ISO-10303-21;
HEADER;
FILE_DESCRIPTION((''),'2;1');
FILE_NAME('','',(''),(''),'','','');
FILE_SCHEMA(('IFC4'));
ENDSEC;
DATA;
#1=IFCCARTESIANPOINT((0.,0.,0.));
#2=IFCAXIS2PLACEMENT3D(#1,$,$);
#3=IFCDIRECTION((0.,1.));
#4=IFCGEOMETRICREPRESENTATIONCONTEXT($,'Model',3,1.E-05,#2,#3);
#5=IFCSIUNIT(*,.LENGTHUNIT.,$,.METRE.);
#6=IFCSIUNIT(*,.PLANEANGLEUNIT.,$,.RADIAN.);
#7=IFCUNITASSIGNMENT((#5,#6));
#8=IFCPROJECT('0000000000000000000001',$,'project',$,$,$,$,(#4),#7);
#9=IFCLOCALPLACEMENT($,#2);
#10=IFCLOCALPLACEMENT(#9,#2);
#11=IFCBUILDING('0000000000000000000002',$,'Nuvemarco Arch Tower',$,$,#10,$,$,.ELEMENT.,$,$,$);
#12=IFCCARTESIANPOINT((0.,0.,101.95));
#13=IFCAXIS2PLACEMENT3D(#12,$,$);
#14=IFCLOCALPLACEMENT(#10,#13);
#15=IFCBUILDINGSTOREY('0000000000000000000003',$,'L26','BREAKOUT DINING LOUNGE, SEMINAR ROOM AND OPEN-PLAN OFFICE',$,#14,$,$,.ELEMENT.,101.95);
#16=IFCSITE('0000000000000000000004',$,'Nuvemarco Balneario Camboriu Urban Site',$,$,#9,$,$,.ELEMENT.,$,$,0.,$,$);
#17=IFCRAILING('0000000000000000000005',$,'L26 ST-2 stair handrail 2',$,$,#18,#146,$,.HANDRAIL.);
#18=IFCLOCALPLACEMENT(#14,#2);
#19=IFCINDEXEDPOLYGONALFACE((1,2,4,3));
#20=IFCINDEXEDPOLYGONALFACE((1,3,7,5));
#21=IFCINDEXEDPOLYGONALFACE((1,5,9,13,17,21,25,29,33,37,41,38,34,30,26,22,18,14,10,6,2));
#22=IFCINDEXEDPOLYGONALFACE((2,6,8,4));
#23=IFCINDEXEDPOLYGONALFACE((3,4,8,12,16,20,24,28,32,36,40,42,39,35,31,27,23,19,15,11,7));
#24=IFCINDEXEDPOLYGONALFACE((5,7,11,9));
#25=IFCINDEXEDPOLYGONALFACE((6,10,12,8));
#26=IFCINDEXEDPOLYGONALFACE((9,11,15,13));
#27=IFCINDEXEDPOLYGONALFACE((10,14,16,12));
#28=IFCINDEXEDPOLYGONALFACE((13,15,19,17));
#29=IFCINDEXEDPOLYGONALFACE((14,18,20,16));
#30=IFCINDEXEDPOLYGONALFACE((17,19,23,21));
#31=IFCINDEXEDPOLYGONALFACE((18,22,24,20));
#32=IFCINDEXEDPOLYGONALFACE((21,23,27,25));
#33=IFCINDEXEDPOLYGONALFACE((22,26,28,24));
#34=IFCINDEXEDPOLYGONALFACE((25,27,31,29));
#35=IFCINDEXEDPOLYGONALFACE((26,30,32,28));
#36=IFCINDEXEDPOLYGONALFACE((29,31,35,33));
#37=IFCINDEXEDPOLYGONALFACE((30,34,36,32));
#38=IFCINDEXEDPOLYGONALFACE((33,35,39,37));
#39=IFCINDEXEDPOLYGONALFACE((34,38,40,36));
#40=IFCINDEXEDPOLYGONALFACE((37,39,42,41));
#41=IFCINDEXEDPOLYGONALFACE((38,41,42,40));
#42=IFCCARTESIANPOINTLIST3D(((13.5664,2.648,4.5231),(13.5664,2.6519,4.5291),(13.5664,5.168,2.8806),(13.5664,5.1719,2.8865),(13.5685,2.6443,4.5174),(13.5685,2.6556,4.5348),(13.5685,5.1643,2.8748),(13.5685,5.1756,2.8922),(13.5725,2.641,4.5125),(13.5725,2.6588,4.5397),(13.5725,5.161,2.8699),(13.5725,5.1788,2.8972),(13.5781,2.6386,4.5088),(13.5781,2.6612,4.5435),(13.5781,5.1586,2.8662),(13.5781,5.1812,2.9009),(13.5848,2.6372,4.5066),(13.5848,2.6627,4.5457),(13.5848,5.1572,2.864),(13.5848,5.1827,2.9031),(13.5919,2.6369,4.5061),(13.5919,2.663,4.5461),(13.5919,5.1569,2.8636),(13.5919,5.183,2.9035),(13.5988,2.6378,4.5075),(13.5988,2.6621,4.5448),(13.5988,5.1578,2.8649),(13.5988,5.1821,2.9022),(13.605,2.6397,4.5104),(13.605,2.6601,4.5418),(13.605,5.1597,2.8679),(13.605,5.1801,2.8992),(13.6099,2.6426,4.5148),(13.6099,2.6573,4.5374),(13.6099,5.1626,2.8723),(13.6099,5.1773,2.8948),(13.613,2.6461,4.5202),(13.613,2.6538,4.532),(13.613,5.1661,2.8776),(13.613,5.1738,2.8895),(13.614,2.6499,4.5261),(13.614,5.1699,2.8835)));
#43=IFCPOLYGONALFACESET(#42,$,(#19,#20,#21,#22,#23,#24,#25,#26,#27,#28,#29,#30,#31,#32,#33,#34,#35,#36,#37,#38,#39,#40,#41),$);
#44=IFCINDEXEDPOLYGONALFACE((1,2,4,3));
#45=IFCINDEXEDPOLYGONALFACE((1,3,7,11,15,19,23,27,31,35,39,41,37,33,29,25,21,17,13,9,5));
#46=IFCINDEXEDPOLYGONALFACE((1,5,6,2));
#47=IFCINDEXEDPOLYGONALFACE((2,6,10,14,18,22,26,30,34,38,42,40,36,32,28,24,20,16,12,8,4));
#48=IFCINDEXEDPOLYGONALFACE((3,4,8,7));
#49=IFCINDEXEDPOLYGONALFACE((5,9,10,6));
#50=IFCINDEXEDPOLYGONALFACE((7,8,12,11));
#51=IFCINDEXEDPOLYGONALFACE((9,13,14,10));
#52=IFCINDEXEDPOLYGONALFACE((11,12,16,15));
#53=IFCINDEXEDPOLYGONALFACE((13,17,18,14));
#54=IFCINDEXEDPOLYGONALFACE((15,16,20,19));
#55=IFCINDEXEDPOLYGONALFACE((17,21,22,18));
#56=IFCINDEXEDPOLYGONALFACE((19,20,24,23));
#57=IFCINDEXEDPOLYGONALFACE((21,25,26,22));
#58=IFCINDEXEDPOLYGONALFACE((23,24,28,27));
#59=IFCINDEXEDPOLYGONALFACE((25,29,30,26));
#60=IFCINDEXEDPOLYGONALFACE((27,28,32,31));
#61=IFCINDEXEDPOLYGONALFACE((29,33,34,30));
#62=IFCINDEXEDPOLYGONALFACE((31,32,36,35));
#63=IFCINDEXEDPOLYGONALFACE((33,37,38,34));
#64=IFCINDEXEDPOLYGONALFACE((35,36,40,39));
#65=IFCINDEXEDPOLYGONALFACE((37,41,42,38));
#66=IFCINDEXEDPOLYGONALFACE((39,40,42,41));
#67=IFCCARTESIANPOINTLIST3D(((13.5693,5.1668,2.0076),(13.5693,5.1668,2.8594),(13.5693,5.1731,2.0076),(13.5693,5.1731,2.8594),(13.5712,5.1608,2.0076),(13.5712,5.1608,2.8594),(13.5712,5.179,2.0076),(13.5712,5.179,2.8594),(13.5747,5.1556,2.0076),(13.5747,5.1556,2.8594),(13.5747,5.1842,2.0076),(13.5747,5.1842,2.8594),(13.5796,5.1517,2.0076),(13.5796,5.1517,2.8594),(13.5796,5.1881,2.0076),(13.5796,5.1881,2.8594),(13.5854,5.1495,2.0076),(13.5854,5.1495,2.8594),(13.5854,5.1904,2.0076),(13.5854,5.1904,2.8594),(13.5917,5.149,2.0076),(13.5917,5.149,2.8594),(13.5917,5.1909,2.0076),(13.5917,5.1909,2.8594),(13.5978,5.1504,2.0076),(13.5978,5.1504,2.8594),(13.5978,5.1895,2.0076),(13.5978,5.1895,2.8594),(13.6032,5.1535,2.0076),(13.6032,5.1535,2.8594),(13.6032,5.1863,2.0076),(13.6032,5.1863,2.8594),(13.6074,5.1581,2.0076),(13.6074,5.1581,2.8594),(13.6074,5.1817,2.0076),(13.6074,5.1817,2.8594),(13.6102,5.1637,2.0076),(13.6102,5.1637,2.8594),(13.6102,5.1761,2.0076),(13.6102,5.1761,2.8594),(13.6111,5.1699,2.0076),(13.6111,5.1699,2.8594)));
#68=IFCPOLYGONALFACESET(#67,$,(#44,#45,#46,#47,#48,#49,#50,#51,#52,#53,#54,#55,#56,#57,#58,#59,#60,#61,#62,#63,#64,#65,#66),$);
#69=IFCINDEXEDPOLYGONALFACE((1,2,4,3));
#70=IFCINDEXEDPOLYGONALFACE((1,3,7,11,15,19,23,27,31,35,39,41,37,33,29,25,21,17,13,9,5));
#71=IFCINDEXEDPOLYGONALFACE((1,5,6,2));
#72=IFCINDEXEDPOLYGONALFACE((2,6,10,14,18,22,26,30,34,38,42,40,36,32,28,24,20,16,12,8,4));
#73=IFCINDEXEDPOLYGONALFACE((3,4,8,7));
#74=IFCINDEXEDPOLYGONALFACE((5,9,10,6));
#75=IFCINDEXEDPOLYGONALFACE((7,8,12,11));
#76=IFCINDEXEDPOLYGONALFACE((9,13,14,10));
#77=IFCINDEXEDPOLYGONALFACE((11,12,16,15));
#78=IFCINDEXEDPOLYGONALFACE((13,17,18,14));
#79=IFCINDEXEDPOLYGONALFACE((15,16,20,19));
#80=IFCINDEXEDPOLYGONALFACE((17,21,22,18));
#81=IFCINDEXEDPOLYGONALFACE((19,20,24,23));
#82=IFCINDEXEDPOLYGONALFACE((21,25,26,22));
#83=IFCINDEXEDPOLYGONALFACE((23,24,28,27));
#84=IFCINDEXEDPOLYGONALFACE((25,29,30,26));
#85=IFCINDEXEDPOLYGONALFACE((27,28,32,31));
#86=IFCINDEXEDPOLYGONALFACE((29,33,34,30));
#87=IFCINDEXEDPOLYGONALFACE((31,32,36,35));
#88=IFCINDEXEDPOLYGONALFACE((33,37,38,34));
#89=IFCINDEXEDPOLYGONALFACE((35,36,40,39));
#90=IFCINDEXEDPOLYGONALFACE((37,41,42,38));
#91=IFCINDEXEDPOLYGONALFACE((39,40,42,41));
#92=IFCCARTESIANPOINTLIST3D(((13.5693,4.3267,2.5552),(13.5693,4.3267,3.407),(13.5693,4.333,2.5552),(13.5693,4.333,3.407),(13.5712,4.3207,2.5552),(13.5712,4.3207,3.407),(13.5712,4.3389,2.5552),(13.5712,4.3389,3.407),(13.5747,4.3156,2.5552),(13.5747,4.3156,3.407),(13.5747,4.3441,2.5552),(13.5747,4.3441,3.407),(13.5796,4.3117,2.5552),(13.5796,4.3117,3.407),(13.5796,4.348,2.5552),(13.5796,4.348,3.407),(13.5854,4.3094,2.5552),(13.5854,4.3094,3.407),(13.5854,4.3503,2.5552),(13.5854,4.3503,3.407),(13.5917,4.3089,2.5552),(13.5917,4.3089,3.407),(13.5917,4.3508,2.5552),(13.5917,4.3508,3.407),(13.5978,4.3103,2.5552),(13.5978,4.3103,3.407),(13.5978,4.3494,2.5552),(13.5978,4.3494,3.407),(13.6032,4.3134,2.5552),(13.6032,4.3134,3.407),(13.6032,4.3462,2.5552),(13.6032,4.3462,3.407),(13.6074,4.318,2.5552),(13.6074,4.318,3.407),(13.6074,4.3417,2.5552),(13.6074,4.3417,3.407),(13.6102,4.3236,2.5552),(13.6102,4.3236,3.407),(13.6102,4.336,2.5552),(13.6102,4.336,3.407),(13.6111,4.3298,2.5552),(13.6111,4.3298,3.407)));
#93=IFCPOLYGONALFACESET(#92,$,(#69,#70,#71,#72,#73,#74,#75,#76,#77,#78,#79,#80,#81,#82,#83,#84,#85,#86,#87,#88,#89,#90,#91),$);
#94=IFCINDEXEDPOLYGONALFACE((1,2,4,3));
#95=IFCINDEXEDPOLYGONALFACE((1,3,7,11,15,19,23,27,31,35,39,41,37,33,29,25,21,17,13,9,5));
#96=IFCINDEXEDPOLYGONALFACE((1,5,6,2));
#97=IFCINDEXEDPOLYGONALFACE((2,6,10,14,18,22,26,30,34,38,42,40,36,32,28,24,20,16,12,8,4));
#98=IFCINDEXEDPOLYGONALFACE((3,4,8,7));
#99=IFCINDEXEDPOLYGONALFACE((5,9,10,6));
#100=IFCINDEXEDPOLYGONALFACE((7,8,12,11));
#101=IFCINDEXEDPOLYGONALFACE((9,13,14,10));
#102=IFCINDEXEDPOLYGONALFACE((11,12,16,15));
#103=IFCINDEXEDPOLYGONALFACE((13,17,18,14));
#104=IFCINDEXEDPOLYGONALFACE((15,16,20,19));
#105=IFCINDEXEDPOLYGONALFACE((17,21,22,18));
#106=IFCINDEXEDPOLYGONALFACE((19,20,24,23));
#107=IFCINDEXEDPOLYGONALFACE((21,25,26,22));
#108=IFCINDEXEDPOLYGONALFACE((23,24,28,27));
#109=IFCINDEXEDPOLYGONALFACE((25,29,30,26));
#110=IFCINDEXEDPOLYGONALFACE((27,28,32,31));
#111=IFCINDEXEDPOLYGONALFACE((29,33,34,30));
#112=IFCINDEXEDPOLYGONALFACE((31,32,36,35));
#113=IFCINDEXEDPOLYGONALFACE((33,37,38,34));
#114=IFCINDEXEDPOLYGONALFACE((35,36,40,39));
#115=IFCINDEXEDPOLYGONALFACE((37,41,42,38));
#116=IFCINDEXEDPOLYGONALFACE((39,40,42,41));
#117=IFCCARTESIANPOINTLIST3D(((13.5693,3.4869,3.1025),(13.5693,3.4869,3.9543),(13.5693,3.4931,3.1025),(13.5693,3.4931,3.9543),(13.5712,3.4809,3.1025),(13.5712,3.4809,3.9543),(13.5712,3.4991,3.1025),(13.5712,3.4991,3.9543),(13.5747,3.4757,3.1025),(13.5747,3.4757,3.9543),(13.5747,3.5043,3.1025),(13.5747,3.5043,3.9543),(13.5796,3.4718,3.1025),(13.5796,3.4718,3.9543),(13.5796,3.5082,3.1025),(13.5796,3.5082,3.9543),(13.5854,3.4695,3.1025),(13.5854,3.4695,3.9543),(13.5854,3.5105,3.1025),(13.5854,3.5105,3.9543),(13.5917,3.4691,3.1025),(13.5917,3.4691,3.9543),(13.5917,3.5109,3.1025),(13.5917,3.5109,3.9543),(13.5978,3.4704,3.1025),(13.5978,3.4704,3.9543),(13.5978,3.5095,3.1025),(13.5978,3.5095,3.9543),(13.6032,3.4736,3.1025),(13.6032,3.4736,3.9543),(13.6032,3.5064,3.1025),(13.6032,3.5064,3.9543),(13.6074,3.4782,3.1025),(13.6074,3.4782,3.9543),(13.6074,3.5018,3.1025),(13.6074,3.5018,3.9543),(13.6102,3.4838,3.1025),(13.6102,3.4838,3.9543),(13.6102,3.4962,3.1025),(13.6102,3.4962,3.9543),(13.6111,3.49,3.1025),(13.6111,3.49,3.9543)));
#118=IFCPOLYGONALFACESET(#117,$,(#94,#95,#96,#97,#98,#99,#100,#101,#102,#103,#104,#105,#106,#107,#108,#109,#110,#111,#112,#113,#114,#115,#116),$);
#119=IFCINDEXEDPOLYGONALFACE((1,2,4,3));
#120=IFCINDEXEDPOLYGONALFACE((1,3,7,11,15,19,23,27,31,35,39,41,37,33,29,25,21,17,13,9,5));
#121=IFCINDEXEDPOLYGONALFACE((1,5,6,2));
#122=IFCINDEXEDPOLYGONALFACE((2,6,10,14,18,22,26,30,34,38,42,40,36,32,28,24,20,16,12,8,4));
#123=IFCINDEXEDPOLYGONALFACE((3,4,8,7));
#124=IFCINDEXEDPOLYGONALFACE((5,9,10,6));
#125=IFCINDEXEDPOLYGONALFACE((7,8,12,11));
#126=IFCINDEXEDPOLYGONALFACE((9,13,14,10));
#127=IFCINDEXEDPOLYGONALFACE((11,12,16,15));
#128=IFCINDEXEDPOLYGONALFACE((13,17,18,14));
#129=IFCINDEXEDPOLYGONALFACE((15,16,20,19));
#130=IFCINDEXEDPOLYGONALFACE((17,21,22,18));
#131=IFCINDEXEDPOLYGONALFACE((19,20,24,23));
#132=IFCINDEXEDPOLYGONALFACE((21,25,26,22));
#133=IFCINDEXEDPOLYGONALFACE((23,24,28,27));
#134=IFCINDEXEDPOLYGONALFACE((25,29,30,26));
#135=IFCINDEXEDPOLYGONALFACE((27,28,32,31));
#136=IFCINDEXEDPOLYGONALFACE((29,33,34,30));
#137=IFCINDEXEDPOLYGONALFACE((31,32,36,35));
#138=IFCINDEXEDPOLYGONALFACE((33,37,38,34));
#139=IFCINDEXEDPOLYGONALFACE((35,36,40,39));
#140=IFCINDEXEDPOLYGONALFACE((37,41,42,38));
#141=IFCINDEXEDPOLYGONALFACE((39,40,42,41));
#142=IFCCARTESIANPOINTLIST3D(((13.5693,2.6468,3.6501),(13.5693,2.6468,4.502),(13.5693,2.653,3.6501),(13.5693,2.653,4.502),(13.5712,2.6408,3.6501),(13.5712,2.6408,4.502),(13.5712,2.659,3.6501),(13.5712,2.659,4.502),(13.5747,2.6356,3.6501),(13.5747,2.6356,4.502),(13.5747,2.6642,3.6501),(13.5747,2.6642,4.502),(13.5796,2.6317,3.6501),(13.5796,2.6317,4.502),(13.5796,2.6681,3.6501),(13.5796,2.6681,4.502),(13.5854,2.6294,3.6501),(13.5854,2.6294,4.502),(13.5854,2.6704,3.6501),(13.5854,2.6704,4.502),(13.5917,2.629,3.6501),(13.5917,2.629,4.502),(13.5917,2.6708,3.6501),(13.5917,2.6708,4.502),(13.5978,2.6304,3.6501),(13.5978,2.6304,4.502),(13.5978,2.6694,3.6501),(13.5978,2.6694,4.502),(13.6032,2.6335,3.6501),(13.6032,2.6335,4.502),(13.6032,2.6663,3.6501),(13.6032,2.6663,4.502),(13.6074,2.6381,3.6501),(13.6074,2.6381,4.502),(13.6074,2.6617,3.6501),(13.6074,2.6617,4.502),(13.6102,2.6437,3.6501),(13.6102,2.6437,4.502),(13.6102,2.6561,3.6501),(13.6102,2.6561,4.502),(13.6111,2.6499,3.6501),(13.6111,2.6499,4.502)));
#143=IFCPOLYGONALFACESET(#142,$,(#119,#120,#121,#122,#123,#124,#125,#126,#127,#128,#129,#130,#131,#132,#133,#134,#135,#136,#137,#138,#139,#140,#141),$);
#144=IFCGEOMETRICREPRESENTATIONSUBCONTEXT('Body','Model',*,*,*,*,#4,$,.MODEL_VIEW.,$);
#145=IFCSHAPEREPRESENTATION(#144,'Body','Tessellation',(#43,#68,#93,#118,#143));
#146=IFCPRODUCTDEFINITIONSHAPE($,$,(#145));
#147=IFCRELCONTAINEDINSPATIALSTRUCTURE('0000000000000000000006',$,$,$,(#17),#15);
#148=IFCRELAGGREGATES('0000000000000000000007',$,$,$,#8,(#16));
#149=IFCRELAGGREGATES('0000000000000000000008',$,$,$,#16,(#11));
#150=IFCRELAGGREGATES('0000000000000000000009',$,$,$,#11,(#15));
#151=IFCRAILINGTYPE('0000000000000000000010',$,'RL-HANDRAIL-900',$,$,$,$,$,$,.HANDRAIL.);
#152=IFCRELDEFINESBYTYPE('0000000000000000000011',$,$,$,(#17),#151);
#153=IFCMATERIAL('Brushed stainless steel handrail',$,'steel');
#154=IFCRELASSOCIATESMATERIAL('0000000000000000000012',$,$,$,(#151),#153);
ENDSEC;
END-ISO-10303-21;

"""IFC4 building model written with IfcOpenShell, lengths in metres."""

from ifc_helpers import new_model, si_unit, direction, frame, origin, origin_2d, place, context, subcontext, project, spatial, circle, extrude, material, type_object, element, save


model = new_model("IFC4")

# Units and contexts
model_context = context("Model", 3, precision=1e-05, world=origin(), true_north=direction((0.0, 1.0)))
body_context = subcontext(model_context, "Body", "Model", "MODEL_VIEW")
ifc_project = project(units=[si_unit("LENGTHUNIT", "METRE"), si_unit("PLANEANGLEUNIT", "RADIAN")], contexts=[model_context])

# Site, building, storey
site_placement = place(None, origin())
site = spatial("IfcSite", under=ifc_project, at=site_placement, Name="Nuvemarco Balneario Camboriu Urban Site", CompositionType="ELEMENT", RefElevation=0.0)
building_placement = place(site_placement, origin())
building = spatial("IfcBuilding", under=site, at=building_placement, Name="Nuvemarco Arch Tower", CompositionType="ELEMENT")
storey_placement = place(building_placement, frame((0.0, 0.0, 101.95)))
storey = spatial("IfcBuildingStorey", under=building, at=storey_placement, Name="L26", Description="BREAKOUT DINING LOUNGE, SEMINAR ROOM AND OPEN-PLAN OFFICE", CompositionType="ELEMENT", Elevation=101.95)

# Railing
ifc_material_1 = material(Name="Brushed stainless steel handrail", Category="steel")
railing_type = type_object("IfcRailingType", Name="RL-HANDRAIL-900", PredefinedType="HANDRAIL", material=ifc_material_1)
railing_placement = place(storey_placement, frame((13.5901, 5.1699, 2.0076)))
element("IfcRailing", 1, at=railing_placement, inside=storey, type_object=railing_type, Name="L26 ST-2 stair handrail 2", PredefinedType="HANDRAIL", context=body_context, shape_type="SweptSolid", body=[
    extrude(circle(Radius=0.0239, at=origin_2d()), frame((0.0, 0.0, 0.876), z_axis=(0.0, -0.837749, 0.546055), x_axis=(1.0, 0.0, 0.0)), (0.0, 0.0, 1.0), 3.0081),
    extrude(circle(Radius=0.021, at=origin_2d()), origin(), (0.0, 0.0, 1.0), 0.8518),
    extrude(circle(Radius=0.021, at=origin_2d()), frame((0.0, -0.8401, 0.5476)), (0.0, 0.0, 1.0), 0.8518),
    extrude(circle(Radius=0.021, at=origin_2d()), frame((0.0, -1.6799, 1.095)), (0.0, 0.0, 1.0), 0.8518),
    extrude(circle(Radius=0.021, at=origin_2d()), frame((0.0, -2.52, 1.6426)), (0.0, 0.0, 1.0), 0.8518),
])

save(model, "model.ifc")
